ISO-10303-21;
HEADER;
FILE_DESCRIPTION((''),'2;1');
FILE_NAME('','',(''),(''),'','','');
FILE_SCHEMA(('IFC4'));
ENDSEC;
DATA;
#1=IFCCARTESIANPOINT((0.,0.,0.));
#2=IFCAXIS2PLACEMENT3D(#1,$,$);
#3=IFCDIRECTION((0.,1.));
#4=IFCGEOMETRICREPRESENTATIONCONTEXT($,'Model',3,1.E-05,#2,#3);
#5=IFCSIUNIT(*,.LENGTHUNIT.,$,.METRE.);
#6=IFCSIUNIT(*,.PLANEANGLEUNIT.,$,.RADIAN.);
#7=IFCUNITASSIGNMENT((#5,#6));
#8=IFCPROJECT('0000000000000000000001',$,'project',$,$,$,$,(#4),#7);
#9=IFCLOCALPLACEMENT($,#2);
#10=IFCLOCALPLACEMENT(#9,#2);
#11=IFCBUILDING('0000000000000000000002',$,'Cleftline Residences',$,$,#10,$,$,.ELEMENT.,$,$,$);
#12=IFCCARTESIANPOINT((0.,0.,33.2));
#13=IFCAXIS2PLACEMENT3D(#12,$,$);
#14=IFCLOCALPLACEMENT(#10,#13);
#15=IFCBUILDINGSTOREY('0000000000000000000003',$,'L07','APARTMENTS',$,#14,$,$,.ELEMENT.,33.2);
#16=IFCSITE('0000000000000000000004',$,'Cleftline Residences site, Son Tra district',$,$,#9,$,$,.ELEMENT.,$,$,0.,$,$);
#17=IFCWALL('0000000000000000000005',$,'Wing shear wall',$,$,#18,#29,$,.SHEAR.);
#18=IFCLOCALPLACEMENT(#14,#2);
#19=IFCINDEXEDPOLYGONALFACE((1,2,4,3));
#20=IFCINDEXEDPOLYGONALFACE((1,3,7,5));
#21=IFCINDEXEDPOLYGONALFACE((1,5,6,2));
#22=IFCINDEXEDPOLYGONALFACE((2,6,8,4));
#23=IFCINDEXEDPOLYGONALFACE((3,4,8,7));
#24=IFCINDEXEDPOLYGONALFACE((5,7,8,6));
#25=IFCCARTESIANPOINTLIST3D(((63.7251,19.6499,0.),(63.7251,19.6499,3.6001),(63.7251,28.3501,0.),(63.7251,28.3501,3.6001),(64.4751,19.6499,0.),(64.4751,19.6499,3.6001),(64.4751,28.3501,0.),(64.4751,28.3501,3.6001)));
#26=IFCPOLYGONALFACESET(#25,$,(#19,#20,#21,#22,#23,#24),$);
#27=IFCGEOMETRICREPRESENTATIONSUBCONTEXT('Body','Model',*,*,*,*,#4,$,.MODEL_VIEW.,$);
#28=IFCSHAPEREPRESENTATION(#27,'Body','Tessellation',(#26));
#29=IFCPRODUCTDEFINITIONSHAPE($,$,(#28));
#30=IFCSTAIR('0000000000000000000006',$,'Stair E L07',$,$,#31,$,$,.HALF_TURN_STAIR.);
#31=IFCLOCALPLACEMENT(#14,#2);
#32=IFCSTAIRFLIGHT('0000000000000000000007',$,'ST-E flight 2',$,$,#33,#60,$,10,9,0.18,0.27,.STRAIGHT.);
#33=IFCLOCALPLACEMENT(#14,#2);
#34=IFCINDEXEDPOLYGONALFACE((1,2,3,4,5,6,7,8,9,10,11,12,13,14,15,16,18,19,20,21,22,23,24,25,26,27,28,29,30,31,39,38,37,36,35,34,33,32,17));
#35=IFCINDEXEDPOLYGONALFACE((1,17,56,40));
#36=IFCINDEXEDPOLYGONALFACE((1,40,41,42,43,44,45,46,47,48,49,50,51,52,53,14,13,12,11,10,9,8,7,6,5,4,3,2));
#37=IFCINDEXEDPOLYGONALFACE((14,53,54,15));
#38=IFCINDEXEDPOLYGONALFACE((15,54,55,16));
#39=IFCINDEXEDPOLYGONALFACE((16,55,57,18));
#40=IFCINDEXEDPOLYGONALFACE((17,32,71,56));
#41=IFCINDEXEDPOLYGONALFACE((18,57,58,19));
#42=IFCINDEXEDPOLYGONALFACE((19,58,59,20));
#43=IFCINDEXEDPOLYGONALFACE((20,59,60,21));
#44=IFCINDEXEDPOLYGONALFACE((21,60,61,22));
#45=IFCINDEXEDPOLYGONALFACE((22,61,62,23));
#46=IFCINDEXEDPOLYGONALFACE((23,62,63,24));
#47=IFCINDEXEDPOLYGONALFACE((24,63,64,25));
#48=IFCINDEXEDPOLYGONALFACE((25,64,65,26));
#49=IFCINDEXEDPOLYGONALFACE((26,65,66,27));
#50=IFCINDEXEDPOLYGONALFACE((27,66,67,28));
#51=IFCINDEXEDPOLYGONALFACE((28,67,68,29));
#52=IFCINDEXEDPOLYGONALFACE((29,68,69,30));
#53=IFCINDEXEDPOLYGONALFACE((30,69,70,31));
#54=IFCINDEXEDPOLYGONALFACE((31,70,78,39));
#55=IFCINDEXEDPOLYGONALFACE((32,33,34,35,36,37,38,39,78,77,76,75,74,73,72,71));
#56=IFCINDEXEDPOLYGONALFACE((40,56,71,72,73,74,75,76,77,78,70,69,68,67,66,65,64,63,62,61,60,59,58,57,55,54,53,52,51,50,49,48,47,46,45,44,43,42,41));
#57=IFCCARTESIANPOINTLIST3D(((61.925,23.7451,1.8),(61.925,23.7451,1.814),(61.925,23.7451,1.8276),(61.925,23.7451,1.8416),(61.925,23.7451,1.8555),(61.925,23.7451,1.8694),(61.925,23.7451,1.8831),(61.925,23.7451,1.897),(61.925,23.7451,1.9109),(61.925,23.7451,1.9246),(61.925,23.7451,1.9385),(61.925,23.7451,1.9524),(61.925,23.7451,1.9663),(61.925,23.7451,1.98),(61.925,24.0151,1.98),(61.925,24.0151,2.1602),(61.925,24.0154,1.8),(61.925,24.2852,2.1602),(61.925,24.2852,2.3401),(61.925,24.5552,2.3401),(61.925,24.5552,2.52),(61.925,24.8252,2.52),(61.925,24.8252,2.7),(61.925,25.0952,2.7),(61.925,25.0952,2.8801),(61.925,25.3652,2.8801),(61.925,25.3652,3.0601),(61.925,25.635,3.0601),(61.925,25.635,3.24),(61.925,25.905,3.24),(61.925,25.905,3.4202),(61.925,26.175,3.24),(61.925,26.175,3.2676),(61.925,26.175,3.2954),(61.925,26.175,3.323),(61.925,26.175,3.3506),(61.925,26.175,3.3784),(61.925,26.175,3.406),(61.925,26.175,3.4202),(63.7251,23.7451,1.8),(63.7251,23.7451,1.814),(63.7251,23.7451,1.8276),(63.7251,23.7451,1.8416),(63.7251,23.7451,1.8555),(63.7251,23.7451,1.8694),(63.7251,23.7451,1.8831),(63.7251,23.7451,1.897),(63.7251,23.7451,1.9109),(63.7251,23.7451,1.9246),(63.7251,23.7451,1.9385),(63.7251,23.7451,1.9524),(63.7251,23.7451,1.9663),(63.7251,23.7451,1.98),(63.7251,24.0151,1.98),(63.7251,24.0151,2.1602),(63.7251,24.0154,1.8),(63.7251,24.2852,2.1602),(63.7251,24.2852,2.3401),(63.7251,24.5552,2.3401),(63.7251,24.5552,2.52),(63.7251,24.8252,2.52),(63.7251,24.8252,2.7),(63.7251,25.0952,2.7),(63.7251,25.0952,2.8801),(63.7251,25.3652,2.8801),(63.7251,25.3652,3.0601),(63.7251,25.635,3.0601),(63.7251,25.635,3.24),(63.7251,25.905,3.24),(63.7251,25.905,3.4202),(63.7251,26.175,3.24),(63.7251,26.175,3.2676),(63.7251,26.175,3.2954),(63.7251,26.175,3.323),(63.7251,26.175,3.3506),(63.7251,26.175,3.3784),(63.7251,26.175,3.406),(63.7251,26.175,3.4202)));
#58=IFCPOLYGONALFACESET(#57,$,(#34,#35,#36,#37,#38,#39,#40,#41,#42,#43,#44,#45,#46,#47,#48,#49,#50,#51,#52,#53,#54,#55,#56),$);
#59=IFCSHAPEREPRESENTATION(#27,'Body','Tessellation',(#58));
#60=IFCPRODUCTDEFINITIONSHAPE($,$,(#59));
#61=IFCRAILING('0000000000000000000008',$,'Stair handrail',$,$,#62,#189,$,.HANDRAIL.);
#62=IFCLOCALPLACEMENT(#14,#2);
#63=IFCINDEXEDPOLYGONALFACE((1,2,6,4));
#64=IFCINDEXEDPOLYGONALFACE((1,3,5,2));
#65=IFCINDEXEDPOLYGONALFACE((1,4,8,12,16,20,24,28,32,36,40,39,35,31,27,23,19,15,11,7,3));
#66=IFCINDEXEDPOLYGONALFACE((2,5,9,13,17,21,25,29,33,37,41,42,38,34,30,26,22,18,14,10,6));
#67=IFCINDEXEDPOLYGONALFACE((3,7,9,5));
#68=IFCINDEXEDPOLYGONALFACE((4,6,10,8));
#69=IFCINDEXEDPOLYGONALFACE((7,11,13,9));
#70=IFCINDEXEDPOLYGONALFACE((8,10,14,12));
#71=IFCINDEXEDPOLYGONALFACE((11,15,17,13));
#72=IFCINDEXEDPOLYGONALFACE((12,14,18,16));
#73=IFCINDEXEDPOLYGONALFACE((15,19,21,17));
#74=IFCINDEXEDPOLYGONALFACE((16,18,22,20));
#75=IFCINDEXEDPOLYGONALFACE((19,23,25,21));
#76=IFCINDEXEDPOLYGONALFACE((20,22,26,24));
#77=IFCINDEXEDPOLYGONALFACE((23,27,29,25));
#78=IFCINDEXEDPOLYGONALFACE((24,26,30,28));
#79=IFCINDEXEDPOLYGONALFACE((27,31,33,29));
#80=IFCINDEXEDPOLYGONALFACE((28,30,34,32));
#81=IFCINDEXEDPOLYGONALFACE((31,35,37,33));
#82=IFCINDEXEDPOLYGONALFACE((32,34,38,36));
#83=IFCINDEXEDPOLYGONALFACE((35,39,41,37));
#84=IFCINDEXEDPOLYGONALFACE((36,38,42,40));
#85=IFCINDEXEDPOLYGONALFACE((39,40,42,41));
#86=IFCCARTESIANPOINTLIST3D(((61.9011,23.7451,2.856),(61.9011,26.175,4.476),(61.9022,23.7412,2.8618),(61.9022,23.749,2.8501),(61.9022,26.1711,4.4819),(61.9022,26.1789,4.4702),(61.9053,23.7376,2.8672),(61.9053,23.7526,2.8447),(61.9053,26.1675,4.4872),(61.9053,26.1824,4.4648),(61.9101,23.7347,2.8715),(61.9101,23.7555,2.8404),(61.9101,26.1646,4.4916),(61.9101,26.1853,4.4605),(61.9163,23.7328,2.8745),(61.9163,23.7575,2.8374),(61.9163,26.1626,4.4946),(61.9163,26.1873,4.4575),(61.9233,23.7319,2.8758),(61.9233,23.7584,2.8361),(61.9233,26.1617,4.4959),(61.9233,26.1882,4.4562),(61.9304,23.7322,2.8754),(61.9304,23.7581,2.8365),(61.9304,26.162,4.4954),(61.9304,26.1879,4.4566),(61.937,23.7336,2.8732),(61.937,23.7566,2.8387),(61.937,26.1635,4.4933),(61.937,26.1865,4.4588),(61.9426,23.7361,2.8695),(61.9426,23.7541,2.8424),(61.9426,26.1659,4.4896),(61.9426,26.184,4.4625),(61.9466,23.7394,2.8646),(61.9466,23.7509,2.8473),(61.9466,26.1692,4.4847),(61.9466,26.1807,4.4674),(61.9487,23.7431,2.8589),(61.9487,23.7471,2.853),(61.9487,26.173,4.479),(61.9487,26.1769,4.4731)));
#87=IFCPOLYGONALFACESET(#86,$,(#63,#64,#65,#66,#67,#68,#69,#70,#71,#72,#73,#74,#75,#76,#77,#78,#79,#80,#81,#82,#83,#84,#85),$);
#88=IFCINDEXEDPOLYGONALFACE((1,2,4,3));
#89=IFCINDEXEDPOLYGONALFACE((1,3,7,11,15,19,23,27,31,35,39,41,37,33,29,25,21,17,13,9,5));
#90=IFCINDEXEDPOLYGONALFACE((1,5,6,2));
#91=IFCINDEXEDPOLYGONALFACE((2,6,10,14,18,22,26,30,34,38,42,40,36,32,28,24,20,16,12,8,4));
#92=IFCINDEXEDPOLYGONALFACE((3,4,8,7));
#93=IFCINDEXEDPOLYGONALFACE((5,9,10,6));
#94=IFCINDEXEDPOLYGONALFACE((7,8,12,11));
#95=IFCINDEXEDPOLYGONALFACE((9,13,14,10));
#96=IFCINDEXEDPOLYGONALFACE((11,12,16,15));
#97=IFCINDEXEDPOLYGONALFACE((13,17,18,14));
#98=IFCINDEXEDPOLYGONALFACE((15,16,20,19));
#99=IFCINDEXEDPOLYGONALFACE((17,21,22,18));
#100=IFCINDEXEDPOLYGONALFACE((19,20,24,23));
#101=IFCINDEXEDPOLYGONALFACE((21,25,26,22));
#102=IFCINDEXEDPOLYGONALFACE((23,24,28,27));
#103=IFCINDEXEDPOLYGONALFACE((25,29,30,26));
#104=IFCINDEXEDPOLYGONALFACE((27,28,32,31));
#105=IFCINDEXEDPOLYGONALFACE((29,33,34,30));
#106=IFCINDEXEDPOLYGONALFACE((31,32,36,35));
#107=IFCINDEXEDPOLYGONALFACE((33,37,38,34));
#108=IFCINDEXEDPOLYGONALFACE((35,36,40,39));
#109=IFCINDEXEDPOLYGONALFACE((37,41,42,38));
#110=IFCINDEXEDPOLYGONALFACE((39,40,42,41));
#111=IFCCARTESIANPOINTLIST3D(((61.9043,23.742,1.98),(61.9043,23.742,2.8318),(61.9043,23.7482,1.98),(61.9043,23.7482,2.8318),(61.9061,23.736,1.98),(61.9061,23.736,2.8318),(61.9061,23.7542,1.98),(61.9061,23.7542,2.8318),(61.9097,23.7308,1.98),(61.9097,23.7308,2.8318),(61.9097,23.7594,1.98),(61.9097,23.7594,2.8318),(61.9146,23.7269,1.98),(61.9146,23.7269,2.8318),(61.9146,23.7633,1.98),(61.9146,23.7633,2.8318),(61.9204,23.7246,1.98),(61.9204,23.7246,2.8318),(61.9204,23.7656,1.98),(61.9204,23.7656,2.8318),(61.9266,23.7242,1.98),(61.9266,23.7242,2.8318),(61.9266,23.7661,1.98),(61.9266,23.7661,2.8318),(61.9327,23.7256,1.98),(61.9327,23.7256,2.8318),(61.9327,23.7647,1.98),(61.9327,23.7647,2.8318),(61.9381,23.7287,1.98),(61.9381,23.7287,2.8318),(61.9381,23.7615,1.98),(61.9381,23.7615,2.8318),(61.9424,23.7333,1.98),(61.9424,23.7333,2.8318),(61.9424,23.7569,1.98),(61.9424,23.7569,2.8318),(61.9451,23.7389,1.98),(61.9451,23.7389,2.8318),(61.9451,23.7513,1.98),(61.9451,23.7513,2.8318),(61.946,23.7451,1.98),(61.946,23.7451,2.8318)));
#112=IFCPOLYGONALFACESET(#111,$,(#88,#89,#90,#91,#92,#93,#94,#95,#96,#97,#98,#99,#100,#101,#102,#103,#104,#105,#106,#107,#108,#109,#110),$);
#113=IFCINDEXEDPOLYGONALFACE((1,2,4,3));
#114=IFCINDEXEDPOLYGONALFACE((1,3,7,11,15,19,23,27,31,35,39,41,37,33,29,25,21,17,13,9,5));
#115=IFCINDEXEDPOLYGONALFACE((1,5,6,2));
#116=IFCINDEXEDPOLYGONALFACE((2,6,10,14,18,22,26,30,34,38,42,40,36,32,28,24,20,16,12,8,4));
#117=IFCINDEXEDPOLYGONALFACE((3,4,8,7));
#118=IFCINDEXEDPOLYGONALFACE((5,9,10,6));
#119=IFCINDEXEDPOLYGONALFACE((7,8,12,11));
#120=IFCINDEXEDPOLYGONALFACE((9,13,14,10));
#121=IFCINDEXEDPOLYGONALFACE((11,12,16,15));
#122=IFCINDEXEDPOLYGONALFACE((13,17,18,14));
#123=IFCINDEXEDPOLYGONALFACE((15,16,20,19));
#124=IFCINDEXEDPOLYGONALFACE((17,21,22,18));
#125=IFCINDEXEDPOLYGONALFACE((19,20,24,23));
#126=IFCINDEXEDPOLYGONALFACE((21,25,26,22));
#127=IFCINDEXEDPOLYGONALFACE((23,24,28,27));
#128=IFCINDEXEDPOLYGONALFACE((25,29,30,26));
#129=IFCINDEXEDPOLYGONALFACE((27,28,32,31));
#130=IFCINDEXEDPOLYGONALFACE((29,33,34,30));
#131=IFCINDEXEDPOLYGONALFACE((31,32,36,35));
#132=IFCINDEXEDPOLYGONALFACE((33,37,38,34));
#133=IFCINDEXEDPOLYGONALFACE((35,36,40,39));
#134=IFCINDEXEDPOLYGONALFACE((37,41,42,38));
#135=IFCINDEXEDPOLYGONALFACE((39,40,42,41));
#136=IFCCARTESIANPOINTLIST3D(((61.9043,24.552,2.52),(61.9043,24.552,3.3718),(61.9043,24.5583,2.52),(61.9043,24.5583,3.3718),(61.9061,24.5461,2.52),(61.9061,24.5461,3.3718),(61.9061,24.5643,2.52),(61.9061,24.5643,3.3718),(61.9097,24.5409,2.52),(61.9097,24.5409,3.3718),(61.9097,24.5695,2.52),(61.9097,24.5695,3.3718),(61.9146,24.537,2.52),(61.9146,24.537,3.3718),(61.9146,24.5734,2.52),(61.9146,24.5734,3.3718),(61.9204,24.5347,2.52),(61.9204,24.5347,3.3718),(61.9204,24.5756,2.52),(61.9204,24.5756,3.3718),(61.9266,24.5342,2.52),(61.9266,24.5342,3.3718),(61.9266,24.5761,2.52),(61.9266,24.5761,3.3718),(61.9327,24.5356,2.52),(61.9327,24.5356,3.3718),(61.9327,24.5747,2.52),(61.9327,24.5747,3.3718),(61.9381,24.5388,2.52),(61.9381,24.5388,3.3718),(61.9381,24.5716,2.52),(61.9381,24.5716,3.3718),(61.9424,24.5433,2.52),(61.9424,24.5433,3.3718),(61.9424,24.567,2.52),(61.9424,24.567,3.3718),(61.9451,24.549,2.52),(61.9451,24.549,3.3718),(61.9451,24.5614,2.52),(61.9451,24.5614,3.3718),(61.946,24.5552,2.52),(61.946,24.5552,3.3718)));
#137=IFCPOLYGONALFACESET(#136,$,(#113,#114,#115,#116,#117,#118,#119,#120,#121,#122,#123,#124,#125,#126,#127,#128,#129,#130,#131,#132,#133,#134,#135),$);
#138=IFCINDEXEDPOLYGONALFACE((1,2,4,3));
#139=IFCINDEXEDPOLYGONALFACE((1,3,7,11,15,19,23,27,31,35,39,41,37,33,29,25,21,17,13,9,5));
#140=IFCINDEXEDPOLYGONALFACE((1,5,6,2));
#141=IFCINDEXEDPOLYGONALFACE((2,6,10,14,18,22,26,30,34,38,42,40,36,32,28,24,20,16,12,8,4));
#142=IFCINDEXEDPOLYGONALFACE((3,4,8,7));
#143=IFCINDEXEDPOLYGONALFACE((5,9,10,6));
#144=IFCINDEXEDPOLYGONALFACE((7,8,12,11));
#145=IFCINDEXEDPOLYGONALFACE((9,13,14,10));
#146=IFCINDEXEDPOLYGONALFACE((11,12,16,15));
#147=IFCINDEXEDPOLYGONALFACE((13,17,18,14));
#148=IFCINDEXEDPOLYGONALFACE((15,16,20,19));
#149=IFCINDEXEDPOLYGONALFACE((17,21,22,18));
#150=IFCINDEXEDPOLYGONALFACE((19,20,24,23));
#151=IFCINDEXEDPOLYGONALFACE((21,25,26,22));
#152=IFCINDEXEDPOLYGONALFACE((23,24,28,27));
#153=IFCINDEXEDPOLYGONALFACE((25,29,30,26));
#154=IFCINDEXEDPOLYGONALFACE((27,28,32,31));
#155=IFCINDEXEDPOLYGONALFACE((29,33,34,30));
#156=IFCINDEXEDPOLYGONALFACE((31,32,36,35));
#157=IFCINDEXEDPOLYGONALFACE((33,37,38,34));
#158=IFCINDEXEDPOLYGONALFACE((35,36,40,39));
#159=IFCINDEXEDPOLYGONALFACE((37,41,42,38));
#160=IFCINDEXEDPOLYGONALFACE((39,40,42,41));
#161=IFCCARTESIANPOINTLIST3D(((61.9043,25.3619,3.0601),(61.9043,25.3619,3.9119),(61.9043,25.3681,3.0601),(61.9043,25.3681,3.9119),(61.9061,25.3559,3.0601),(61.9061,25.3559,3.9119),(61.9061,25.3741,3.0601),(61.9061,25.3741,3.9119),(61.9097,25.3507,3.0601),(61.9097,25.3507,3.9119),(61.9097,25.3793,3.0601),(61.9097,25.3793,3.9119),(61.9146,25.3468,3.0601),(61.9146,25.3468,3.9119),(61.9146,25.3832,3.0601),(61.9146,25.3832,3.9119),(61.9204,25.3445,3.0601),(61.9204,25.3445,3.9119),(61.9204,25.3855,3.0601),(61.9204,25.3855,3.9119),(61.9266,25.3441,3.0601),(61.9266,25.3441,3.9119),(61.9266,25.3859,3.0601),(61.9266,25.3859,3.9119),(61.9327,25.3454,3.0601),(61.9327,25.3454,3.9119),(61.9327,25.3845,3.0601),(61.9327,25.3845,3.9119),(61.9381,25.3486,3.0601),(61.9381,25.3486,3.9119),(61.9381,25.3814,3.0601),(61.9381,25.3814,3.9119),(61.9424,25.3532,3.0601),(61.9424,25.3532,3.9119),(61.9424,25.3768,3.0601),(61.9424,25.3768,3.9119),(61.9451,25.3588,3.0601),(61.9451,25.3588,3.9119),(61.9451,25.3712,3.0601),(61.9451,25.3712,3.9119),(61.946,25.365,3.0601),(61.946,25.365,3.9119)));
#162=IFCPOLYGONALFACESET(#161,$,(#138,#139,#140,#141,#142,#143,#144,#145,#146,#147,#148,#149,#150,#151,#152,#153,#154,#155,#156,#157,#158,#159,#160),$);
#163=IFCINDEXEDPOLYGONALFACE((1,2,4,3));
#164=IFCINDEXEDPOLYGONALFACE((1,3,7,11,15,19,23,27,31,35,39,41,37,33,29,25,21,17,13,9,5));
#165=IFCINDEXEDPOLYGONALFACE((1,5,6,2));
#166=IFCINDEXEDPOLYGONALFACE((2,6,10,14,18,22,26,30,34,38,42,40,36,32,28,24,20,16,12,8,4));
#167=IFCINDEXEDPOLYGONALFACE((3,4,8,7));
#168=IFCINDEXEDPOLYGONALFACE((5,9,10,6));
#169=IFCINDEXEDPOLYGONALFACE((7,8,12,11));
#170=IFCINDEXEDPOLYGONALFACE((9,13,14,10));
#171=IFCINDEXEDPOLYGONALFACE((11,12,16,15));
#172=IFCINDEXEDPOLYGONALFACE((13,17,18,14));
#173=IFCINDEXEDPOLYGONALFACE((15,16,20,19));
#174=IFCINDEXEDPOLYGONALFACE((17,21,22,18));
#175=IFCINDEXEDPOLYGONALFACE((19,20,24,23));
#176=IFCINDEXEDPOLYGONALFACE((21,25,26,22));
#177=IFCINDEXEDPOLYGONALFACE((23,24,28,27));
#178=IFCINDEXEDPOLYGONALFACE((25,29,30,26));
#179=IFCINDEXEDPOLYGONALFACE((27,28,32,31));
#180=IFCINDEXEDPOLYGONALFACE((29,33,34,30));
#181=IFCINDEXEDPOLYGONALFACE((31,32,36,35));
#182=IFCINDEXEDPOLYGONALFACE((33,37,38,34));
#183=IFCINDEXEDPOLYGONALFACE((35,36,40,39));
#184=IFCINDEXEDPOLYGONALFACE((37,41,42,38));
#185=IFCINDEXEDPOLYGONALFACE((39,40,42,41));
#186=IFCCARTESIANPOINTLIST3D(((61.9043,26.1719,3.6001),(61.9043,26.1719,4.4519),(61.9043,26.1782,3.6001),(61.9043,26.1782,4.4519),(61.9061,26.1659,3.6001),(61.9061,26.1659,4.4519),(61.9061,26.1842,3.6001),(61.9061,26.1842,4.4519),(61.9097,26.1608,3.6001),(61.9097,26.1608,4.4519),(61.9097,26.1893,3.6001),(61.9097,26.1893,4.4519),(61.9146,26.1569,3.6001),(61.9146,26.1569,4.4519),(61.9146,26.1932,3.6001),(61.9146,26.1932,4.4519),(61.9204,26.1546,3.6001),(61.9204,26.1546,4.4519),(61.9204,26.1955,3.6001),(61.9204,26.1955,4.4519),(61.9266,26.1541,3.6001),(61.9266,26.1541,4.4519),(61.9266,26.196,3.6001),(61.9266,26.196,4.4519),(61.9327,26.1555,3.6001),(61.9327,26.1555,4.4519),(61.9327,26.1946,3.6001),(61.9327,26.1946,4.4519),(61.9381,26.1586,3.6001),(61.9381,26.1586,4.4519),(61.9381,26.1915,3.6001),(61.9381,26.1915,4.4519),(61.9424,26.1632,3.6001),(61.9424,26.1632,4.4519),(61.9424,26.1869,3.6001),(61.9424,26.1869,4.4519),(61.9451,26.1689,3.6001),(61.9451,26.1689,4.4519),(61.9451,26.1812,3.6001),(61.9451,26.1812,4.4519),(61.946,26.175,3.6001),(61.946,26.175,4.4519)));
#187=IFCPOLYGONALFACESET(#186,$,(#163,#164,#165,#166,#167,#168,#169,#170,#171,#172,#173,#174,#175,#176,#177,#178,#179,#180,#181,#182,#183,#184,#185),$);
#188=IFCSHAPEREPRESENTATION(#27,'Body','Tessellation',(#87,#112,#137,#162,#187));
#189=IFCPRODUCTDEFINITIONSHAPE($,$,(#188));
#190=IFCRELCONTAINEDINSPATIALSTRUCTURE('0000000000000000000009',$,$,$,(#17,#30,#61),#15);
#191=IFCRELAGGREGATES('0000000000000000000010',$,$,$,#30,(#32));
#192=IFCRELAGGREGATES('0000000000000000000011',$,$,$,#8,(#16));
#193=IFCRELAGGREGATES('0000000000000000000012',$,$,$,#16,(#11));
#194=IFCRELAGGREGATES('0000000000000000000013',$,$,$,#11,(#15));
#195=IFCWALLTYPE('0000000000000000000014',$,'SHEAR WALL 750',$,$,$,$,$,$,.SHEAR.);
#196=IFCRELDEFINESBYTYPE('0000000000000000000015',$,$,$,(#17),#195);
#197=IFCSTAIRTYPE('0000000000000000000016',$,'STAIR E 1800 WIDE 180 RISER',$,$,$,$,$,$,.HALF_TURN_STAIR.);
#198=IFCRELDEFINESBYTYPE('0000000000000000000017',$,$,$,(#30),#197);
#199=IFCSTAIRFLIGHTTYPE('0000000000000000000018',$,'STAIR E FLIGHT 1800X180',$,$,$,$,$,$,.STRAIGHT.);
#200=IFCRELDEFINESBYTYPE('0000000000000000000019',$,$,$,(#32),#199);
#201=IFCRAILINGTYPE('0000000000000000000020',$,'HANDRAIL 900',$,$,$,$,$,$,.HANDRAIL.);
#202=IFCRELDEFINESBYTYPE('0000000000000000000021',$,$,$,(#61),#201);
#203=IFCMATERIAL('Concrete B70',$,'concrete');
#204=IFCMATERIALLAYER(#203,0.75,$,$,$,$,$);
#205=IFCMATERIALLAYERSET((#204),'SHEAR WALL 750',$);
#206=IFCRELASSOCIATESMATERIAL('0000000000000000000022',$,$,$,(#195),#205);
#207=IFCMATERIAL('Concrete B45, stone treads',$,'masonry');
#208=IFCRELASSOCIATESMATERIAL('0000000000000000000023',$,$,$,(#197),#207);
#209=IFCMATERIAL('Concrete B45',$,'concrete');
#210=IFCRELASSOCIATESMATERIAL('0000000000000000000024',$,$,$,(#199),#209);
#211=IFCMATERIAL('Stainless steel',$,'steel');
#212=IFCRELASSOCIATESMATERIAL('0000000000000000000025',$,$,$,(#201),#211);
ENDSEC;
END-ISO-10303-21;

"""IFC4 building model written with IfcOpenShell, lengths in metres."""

from ifc_helpers import new_model, si_unit, direction, frame, frame_2d, origin, origin_2d, place, context, subcontext, project, spatial, polyline, rectangle, circle, outline, extrude, material, layer, layer_set, type_object, element, aggregate, save


model = new_model("IFC4")

# Units and contexts
model_context = context("Model", 3, precision=1e-05, world=origin(), true_north=direction((0.0, 1.0)))
body_context = subcontext(model_context, "Body", "Model", "MODEL_VIEW")
ifc_project = project(units=[si_unit("LENGTHUNIT", "METRE"), si_unit("PLANEANGLEUNIT", "RADIAN")], contexts=[model_context])

# Site, building, storey
site_placement = place(None, origin())
site = spatial("IfcSite", under=ifc_project, at=site_placement, Name="Cleftline Residences site, Son Tra district", CompositionType="ELEMENT", RefElevation=0.0)
building_placement = place(site_placement, origin())
building = spatial("IfcBuilding", under=site, at=building_placement, Name="Cleftline Residences", CompositionType="ELEMENT")
storey_placement = place(building_placement, frame((0.0, 0.0, 33.2)))
storey = spatial("IfcBuildingStorey", under=building, at=storey_placement, Name="L07", Description="APARTMENTS", CompositionType="ELEMENT", Elevation=33.2)

# Wall
ifc_material_1 = material(Name="Concrete B70", Category="concrete")
ifc_layer_1 = layer(ifc_material_1, 0.75)
ifc_layer_set_1 = layer_set([ifc_layer_1], Name="SHEAR WALL 750")
wall_type_1 = type_object("IfcWallType", Name="SHEAR WALL 750", PredefinedType="SHEAR", material=ifc_layer_set_1)
wall_1_placement = place(storey_placement, frame((64.1001, 19.6499, 0.0), z_axis=(0.0, 0.0, 1.0), x_axis=(0.0, 1.0, 0.0)))
element("IfcWall", 1, at=wall_1_placement, inside=storey, type_object=wall_type_1, Name="Wing shear wall", PredefinedType="SHEAR", context=body_context, shape_type="SweptSolid", body=[
    extrude(rectangle(XDim=8.7002, YDim=0.75, at=frame_2d((4.3501, 0.0))), origin(), (0.0, 0.0, 1.0), 3.6001),
])

# Stair, stair flight
ifc_material_2 = material(Name="Concrete B45, stone treads", Category="masonry")
stair_type = type_object("IfcStairType", Name="STAIR E 1800 WIDE 180 RISER", PredefinedType="HALF_TURN_STAIR", material=ifc_material_2)
stair_placement = place(storey_placement, origin())
stair = element("IfcStair", 2, at=stair_placement, inside=storey, type_object=stair_type, Name="Stair E L07", PredefinedType="HALF_TURN_STAIR")
ifc_material_3 = material(Name="Concrete B45", Category="concrete")
stair_flight_type = type_object("IfcStairFlightType", Name="STAIR E FLIGHT 1800X180", PredefinedType="STRAIGHT", material=ifc_material_3)
stair_flight_placement = place(storey_placement, frame((62.825, 23.7451, 1.8), z_axis=(0.0, 0.0, 1.0), x_axis=(0.0, 1.0, 0.0)))
stair_flight = element("IfcStairFlight", 3, at=stair_flight_placement, type_object=stair_flight_type, Name="ST-E flight 2", NumberOfRisers=10, NumberOfTreads=9, PredefinedType="STRAIGHT", RiserHeight=0.18, TreadLength=0.27, context=body_context, shape_type="SweptSolid", body=[
    extrude(outline(polyline([(0.0, 0.0), (0.0, 0.0139), (0.0, 0.0276), (0.0, 0.0415), (0.0, 0.0554), (0.0, 0.0693), (0.0, 0.083), (0.0, 0.0969), (0.0, 0.1108), (0.0, 0.1245), (0.0, 0.1384), (0.0, 0.1523), (0.0, 0.1663), (0.0, 0.1799), (0.27, 0.1799), (0.27, 0.3601), (0.54, 0.3601), (0.54, 0.54), (0.8101, 0.54), (0.8101, 0.72), (1.0801, 0.72), (1.0801, 0.8999), (1.3501, 0.8999), (1.3501, 1.0801), (1.6201, 1.0801), (1.6201, 1.26), (1.8899, 1.26), (1.8899, 1.4399), (2.1599, 1.4399), (2.1599, 1.6201), (2.4299, 1.6201), (2.4299, 1.8), (2.4299, 1.7722), (2.4299, 1.7446), (2.4299, 1.7168), (2.4299, 1.6892), (2.4299, 1.6614), (2.4299, 1.6338), (2.4299, 1.606), (2.4299, 1.5784), (2.4299, 1.5505), (2.4299, 1.5229), (2.4299, 1.4954), (2.4299, 1.4675), (2.4299, 1.4399), (0.2703, 0.0), (0.0, 0.0)])), frame((0.0, 0.8999, 0.0), z_axis=(0.0, -1.0, 0.0), x_axis=(1.0, 0.0, 0.0)), (0.0, 0.0, 1.0), 1.8),
])
aggregate(stair, [stair_flight])

# Railing
ifc_material_4 = material(Name="Stainless steel", Category="steel")
railing_type = type_object("IfcRailingType", Name="HANDRAIL 900", PredefinedType="HANDRAIL", material=ifc_material_4)
railing_placement = place(storey_placement, frame((61.925, 23.7451, 1.98)))
element("IfcRailing", 4, at=railing_placement, inside=storey, type_object=railing_type, Name="Stair handrail", PredefinedType="HANDRAIL", context=body_context, shape_type="SweptSolid", body=[
    extrude(circle(Radius=0.0239, at=origin_2d()), frame((0.0, 0.0, 0.876), z_axis=(0.0, 0.832025, 0.554739), x_axis=(-1.0, 0.0, 0.0)), (0.0, 0.0, 1.0), 2.9204),
    extrude(circle(Radius=0.021, at=origin_2d()), origin(), (0.0, 0.0, 1.0), 0.8518),
    extrude(circle(Radius=0.021, at=origin_2d()), frame((0.0, 0.8101, 0.54)), (0.0, 0.0, 1.0), 0.8518),
    extrude(circle(Radius=0.021, at=origin_2d()), frame((0.0, 1.6199, 1.0801)), (0.0, 0.0, 1.0), 0.8518),
    extrude(circle(Radius=0.021, at=origin_2d()), frame((0.0, 2.4299, 1.6201)), (0.0, 0.0, 1.0), 0.8518),
])

save(model, "model.ifc")
